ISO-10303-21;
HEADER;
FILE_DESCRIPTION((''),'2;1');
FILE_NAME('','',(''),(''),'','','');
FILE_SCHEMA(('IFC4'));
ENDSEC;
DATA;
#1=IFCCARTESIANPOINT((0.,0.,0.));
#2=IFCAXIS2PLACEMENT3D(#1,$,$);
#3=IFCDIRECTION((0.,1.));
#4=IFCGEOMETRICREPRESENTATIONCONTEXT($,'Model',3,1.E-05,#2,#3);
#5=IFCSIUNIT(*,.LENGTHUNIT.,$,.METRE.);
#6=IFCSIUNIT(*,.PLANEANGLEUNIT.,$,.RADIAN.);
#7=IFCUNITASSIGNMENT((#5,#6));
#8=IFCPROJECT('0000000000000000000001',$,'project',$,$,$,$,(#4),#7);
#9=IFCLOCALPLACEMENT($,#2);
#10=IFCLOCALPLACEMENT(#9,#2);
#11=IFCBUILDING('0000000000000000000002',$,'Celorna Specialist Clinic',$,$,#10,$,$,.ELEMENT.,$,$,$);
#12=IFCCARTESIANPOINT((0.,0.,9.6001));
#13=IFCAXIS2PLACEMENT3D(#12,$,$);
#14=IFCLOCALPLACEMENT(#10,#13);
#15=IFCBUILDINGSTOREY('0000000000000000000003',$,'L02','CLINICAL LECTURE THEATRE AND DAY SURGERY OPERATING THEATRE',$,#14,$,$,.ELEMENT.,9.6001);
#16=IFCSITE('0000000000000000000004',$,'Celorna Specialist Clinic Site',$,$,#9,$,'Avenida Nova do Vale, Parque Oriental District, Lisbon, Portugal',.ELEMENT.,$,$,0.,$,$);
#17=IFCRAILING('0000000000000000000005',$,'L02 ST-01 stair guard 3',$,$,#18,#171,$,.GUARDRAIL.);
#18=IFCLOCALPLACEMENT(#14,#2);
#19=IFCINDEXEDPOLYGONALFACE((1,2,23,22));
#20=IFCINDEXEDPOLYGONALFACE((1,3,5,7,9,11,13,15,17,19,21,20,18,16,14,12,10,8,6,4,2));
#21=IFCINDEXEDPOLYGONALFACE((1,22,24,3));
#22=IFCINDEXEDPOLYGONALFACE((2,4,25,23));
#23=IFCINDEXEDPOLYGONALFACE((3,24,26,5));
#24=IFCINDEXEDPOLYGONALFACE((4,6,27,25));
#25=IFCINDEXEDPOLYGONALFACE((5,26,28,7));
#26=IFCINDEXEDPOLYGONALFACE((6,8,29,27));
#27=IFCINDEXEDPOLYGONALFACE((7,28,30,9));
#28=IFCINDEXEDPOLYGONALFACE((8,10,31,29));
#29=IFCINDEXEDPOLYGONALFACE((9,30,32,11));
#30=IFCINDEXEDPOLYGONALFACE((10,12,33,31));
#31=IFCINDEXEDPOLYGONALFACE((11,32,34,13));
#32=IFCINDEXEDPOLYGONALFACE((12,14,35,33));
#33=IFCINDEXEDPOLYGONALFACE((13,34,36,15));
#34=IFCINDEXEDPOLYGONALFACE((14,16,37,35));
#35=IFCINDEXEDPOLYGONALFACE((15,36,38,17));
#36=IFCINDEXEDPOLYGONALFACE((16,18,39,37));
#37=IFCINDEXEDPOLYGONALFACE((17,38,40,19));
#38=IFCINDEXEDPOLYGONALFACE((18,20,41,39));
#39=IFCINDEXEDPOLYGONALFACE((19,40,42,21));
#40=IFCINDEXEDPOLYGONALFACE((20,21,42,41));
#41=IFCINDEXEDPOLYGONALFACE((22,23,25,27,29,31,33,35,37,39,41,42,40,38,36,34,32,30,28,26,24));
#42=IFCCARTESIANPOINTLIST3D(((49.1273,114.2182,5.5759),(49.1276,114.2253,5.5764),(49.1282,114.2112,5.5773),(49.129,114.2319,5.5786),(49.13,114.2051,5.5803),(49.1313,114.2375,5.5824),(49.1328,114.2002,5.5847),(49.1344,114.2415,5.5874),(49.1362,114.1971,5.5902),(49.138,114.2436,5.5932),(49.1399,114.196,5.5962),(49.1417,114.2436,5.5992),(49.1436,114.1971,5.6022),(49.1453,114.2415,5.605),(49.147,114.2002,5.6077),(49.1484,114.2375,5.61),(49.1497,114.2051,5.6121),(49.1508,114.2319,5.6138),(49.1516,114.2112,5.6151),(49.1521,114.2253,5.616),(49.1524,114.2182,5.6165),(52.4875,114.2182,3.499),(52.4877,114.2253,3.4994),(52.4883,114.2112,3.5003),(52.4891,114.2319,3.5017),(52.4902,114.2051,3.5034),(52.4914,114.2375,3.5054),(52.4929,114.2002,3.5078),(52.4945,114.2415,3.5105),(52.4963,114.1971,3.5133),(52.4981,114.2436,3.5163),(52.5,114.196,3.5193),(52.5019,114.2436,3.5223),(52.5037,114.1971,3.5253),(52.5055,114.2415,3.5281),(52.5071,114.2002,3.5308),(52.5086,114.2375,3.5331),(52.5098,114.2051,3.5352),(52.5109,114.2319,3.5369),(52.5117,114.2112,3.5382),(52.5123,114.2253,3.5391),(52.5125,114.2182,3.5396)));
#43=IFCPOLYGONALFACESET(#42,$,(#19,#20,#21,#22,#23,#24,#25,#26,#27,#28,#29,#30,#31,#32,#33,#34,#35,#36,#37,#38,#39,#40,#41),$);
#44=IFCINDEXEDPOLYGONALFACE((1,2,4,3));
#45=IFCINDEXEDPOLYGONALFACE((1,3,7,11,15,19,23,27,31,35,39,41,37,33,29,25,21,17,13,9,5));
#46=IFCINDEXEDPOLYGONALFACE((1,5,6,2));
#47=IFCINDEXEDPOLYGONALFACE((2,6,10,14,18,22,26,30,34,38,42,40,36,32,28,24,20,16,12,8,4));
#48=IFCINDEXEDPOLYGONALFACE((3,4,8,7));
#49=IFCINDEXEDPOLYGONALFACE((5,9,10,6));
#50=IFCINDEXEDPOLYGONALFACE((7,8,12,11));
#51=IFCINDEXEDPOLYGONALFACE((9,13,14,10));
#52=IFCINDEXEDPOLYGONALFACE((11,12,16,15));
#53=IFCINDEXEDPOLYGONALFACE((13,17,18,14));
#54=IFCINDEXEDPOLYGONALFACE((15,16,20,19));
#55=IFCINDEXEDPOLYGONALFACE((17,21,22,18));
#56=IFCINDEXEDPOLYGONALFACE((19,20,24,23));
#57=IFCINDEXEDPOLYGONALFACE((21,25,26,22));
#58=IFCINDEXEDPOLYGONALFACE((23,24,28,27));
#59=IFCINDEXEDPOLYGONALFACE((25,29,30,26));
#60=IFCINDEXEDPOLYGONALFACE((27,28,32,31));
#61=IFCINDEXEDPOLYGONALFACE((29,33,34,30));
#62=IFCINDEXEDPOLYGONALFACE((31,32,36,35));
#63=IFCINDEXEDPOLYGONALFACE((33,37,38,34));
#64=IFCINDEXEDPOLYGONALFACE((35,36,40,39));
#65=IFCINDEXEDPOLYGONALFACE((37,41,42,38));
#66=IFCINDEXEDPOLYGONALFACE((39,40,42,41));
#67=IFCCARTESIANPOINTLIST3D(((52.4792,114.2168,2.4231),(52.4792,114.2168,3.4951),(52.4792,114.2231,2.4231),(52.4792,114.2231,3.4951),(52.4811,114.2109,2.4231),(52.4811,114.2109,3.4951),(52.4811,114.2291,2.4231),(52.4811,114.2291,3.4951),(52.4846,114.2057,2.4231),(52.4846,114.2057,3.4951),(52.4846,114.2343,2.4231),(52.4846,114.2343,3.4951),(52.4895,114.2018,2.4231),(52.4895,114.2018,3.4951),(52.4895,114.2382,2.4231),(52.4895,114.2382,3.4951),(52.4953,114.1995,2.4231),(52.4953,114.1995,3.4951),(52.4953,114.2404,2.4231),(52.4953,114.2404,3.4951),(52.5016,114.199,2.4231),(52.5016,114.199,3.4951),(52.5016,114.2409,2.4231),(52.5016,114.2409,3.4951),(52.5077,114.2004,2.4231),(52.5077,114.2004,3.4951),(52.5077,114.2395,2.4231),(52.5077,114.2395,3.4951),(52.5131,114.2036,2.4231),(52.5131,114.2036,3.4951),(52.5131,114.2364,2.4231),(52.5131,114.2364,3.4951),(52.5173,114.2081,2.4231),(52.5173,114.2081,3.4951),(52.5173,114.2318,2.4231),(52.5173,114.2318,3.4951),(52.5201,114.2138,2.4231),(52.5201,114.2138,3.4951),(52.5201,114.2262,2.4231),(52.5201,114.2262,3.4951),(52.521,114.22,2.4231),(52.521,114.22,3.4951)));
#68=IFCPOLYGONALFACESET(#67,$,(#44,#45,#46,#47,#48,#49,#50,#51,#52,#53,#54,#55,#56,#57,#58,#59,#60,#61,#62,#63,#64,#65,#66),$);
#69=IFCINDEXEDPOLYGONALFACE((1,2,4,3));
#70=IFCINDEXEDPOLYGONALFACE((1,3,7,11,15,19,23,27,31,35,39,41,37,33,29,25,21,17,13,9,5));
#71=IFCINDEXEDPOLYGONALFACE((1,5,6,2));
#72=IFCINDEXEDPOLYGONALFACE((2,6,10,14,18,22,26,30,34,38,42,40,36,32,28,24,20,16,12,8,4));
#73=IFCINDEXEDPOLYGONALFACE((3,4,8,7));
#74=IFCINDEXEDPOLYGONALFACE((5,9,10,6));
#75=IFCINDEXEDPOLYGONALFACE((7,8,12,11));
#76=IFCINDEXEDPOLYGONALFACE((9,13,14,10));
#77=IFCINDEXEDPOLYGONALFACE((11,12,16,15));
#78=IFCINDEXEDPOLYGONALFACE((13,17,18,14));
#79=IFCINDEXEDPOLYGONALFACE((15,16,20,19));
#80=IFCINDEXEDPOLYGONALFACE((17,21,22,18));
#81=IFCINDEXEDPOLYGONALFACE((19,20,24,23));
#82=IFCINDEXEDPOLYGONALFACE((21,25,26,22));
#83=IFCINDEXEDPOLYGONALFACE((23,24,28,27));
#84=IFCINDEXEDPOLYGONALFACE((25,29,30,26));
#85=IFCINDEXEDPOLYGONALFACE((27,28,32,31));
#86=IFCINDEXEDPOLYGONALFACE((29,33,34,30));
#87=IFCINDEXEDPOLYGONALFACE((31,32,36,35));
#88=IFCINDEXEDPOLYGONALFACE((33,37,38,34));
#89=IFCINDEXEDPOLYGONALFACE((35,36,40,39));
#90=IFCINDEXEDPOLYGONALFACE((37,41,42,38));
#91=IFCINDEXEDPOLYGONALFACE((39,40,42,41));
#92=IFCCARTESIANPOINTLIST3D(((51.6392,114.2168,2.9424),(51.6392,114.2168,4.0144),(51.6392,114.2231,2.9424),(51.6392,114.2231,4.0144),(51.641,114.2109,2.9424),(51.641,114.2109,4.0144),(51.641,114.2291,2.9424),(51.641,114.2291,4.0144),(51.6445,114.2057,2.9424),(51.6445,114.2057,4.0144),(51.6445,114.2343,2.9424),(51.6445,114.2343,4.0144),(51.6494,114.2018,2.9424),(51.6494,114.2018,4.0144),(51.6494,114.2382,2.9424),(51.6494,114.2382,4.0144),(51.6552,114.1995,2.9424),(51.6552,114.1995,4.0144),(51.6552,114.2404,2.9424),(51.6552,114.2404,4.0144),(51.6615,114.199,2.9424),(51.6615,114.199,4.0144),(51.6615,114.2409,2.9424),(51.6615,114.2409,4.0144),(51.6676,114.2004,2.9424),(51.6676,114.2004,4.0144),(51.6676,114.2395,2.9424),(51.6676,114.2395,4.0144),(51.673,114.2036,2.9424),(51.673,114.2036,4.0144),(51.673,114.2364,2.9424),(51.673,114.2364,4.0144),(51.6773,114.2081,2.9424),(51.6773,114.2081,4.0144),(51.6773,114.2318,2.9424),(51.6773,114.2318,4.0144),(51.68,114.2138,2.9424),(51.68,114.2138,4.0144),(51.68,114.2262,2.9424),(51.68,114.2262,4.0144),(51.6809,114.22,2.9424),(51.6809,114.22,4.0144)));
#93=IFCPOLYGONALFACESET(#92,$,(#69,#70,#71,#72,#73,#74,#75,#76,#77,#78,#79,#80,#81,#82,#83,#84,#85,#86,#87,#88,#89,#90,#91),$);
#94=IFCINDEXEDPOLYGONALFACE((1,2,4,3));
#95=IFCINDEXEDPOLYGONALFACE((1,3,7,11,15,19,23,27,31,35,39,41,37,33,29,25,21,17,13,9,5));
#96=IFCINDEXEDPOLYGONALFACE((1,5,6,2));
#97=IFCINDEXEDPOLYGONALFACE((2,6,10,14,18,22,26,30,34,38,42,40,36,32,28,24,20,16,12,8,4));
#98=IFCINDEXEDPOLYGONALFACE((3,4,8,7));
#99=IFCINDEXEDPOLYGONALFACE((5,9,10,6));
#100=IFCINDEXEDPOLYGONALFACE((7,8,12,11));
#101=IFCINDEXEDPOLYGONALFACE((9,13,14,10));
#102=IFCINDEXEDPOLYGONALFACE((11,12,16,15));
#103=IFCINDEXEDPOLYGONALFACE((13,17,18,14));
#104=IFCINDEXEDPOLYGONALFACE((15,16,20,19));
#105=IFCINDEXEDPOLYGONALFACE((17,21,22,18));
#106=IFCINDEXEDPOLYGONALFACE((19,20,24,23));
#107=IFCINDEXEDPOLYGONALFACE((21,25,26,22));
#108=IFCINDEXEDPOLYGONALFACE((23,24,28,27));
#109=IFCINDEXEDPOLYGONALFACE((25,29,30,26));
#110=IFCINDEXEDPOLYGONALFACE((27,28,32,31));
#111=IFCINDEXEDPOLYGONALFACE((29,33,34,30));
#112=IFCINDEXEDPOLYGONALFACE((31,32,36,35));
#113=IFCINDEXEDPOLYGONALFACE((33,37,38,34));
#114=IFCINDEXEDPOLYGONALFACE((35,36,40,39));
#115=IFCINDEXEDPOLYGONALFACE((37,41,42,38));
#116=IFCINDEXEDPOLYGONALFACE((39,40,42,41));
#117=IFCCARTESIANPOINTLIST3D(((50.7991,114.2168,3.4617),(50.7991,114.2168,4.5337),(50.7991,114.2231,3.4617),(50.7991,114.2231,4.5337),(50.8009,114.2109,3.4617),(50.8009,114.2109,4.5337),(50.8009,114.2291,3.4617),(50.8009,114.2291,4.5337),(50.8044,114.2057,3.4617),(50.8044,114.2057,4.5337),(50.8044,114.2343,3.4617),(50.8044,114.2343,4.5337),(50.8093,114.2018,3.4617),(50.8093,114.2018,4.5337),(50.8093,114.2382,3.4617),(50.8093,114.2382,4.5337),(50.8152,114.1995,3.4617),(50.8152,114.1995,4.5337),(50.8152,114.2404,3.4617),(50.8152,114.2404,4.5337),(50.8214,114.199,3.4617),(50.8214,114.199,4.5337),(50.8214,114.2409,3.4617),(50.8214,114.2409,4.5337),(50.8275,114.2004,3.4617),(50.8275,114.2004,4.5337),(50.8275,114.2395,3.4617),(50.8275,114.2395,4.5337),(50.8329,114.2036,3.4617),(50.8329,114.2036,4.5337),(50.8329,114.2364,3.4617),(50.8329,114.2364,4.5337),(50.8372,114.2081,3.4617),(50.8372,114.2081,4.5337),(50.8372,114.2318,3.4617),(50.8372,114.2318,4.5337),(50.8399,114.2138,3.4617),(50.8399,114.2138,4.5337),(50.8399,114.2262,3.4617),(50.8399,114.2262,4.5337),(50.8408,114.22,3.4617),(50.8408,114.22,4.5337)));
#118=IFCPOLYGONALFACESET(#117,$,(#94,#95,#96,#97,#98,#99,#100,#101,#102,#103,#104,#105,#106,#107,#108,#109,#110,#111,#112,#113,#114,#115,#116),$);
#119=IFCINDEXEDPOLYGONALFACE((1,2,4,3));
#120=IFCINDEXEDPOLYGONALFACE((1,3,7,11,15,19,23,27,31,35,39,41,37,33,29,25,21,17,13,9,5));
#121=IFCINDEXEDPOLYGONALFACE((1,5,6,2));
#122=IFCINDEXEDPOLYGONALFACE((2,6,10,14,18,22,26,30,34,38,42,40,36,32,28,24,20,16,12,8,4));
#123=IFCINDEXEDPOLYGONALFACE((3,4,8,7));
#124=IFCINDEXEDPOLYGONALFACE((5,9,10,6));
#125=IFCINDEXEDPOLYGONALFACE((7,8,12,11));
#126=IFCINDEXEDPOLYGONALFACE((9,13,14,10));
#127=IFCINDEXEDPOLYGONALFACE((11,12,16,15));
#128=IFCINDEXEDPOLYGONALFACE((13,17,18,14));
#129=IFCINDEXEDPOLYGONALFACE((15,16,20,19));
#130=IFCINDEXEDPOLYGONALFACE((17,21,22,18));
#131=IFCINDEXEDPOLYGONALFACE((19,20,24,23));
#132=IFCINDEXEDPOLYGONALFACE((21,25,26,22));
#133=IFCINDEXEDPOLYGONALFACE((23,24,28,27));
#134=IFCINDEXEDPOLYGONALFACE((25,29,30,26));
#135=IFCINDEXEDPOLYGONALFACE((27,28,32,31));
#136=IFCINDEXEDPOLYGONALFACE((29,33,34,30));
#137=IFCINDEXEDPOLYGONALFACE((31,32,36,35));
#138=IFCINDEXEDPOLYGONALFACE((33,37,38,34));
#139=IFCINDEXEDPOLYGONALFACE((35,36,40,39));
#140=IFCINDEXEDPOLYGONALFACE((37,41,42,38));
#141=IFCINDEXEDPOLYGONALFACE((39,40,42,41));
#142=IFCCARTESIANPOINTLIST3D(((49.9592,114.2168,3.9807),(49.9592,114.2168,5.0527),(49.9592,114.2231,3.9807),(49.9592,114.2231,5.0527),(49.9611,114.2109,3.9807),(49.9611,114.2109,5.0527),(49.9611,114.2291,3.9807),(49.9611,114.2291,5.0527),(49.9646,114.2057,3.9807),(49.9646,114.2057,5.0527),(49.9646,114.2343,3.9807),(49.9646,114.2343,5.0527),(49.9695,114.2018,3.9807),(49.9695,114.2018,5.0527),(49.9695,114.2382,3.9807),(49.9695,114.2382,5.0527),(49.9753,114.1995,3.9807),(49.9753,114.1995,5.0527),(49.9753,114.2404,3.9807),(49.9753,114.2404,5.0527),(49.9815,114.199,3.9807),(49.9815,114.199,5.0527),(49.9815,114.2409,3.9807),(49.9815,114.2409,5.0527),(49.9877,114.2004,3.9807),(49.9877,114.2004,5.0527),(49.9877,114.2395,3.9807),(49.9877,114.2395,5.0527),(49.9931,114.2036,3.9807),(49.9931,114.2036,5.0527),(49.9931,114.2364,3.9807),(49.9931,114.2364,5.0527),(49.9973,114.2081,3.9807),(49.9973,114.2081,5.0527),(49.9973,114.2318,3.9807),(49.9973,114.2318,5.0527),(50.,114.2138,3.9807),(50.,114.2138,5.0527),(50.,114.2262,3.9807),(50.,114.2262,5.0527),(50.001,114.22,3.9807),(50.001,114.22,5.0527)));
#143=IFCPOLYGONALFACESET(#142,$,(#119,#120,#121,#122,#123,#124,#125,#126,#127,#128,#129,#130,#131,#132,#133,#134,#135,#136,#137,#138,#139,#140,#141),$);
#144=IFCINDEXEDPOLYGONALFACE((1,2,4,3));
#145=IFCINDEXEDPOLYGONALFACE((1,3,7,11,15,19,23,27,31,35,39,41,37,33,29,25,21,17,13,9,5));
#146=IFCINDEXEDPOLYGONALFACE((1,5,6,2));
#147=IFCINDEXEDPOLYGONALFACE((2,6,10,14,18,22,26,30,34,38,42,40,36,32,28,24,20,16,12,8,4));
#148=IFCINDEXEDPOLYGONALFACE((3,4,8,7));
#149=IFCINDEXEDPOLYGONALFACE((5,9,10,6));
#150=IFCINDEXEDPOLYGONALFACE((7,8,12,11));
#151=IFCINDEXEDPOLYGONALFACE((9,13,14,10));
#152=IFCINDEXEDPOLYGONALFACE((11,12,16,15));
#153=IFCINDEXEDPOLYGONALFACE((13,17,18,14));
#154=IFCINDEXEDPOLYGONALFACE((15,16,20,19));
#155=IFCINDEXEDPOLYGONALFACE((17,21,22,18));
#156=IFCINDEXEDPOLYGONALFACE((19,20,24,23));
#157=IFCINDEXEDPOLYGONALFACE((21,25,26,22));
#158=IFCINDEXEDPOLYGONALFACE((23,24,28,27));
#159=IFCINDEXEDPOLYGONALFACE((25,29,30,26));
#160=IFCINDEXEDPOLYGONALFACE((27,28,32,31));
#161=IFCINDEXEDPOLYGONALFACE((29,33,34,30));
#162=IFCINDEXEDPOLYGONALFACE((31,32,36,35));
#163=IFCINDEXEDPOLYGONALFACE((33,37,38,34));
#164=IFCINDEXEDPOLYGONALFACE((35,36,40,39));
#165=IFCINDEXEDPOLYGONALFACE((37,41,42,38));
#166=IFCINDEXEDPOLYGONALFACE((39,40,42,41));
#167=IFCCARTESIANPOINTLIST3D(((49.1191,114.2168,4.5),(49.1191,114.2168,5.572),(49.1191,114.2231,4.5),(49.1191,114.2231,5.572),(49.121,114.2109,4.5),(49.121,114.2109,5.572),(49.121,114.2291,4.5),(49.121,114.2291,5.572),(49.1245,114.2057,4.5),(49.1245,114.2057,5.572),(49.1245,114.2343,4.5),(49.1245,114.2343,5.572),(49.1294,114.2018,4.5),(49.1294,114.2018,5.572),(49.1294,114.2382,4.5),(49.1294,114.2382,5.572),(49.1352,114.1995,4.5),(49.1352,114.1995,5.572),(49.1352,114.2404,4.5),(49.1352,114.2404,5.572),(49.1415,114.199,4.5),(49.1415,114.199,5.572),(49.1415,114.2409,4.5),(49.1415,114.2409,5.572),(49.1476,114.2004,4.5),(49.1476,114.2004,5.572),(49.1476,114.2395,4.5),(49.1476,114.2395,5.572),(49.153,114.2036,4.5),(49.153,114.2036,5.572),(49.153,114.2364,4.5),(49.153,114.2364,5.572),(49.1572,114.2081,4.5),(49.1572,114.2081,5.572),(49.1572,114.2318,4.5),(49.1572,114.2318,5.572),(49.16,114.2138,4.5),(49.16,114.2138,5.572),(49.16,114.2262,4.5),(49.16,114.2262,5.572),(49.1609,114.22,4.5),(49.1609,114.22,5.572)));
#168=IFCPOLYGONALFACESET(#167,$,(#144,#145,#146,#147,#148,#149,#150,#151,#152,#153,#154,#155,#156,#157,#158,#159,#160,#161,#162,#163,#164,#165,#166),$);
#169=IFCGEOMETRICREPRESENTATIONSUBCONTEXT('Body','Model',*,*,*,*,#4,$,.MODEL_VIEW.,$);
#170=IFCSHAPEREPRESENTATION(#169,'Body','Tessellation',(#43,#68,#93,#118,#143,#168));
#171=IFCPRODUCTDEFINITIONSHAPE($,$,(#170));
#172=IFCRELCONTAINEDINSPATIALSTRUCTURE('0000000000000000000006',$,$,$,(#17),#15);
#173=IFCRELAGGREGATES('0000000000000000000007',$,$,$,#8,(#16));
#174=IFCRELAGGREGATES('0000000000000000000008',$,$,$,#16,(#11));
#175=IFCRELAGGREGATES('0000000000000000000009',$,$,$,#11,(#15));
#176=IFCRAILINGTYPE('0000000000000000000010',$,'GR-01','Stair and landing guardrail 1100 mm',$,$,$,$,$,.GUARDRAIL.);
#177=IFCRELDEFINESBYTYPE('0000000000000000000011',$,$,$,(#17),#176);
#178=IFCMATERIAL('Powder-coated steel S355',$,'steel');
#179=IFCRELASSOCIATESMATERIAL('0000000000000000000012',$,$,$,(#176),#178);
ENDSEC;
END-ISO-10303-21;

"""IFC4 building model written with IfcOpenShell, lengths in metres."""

from ifc_helpers import new_model, si_unit, direction, frame, origin, origin_2d, place, context, subcontext, project, spatial, circle, extrude, material, type_object, element, save


model = new_model("IFC4")

# Units and contexts
model_context = context("Model", 3, precision=1e-05, world=origin(), true_north=direction((0.0, 1.0)))
body_context = subcontext(model_context, "Body", "Model", "MODEL_VIEW")
ifc_project = project(units=[si_unit("LENGTHUNIT", "METRE"), si_unit("PLANEANGLEUNIT", "RADIAN")], contexts=[model_context])

# Site, building, storey
site_placement = place(None, origin())
site = spatial("IfcSite", under=ifc_project, at=site_placement, Name="Celorna Specialist Clinic Site", LongName="Avenida Nova do Vale, Parque Oriental District, Lisbon, Portugal", CompositionType="ELEMENT", RefElevation=0.0)
building_placement = place(site_placement, origin())
building = spatial("IfcBuilding", under=site, at=building_placement, Name="Celorna Specialist Clinic", CompositionType="ELEMENT")
storey_placement = place(building_placement, frame((0.0, 0.0, 9.6001)))
storey = spatial("IfcBuildingStorey", under=building, at=storey_placement, Name="L02", Description="CLINICAL LECTURE THEATRE AND DAY SURGERY OPERATING THEATRE", CompositionType="ELEMENT", Elevation=9.6001)

# Railing
ifc_material_1 = material(Name="Powder-coated steel S355", Category="steel")
railing_type_1 = type_object("IfcRailingType", Name="GR-01", Description="Stair and landing guardrail 1100 mm", PredefinedType="GUARDRAIL", material=ifc_material_1)
railing_1_placement = place(storey_placement, frame((52.5, 114.22, 2.4231)))
element("IfcRailing", 1, at=railing_1_placement, inside=storey, type_object=railing_type_1, Name="L02 ST-01 stair guard 3", PredefinedType="GUARDRAIL", context=body_context, shape_type="SweptSolid", body=[
    extrude(circle(Radius=0.0239, at=origin_2d()), frame((0.0, 0.0, 1.0962), z_axis=(-0.850623, 0.0, 0.525776), x_axis=(0.0, -1.0, 0.0)), (0.0, 0.0, 1.0), 3.9502),
    extrude(circle(Radius=0.021, at=origin_2d()), origin(), (0.0, 0.0, 1.0), 1.072),
    extrude(circle(Radius=0.021, at=origin_2d()), frame((-0.8401, 0.0, 0.5193)), (0.0, 0.0, 1.0), 1.072),
    extrude(circle(Radius=0.021, at=origin_2d()), frame((-1.6802, 0.0, 1.0386)), (0.0, 0.0, 1.0), 1.072),
    extrude(circle(Radius=0.021, at=origin_2d()), frame((-2.52, 0.0, 1.5576)), (0.0, 0.0, 1.0), 1.072),
    extrude(circle(Radius=0.021, at=origin_2d()), frame((-3.3601, 0.0, 2.0769)), (0.0, 0.0, 1.0), 1.072),
])

save(model, "model.ifc")
